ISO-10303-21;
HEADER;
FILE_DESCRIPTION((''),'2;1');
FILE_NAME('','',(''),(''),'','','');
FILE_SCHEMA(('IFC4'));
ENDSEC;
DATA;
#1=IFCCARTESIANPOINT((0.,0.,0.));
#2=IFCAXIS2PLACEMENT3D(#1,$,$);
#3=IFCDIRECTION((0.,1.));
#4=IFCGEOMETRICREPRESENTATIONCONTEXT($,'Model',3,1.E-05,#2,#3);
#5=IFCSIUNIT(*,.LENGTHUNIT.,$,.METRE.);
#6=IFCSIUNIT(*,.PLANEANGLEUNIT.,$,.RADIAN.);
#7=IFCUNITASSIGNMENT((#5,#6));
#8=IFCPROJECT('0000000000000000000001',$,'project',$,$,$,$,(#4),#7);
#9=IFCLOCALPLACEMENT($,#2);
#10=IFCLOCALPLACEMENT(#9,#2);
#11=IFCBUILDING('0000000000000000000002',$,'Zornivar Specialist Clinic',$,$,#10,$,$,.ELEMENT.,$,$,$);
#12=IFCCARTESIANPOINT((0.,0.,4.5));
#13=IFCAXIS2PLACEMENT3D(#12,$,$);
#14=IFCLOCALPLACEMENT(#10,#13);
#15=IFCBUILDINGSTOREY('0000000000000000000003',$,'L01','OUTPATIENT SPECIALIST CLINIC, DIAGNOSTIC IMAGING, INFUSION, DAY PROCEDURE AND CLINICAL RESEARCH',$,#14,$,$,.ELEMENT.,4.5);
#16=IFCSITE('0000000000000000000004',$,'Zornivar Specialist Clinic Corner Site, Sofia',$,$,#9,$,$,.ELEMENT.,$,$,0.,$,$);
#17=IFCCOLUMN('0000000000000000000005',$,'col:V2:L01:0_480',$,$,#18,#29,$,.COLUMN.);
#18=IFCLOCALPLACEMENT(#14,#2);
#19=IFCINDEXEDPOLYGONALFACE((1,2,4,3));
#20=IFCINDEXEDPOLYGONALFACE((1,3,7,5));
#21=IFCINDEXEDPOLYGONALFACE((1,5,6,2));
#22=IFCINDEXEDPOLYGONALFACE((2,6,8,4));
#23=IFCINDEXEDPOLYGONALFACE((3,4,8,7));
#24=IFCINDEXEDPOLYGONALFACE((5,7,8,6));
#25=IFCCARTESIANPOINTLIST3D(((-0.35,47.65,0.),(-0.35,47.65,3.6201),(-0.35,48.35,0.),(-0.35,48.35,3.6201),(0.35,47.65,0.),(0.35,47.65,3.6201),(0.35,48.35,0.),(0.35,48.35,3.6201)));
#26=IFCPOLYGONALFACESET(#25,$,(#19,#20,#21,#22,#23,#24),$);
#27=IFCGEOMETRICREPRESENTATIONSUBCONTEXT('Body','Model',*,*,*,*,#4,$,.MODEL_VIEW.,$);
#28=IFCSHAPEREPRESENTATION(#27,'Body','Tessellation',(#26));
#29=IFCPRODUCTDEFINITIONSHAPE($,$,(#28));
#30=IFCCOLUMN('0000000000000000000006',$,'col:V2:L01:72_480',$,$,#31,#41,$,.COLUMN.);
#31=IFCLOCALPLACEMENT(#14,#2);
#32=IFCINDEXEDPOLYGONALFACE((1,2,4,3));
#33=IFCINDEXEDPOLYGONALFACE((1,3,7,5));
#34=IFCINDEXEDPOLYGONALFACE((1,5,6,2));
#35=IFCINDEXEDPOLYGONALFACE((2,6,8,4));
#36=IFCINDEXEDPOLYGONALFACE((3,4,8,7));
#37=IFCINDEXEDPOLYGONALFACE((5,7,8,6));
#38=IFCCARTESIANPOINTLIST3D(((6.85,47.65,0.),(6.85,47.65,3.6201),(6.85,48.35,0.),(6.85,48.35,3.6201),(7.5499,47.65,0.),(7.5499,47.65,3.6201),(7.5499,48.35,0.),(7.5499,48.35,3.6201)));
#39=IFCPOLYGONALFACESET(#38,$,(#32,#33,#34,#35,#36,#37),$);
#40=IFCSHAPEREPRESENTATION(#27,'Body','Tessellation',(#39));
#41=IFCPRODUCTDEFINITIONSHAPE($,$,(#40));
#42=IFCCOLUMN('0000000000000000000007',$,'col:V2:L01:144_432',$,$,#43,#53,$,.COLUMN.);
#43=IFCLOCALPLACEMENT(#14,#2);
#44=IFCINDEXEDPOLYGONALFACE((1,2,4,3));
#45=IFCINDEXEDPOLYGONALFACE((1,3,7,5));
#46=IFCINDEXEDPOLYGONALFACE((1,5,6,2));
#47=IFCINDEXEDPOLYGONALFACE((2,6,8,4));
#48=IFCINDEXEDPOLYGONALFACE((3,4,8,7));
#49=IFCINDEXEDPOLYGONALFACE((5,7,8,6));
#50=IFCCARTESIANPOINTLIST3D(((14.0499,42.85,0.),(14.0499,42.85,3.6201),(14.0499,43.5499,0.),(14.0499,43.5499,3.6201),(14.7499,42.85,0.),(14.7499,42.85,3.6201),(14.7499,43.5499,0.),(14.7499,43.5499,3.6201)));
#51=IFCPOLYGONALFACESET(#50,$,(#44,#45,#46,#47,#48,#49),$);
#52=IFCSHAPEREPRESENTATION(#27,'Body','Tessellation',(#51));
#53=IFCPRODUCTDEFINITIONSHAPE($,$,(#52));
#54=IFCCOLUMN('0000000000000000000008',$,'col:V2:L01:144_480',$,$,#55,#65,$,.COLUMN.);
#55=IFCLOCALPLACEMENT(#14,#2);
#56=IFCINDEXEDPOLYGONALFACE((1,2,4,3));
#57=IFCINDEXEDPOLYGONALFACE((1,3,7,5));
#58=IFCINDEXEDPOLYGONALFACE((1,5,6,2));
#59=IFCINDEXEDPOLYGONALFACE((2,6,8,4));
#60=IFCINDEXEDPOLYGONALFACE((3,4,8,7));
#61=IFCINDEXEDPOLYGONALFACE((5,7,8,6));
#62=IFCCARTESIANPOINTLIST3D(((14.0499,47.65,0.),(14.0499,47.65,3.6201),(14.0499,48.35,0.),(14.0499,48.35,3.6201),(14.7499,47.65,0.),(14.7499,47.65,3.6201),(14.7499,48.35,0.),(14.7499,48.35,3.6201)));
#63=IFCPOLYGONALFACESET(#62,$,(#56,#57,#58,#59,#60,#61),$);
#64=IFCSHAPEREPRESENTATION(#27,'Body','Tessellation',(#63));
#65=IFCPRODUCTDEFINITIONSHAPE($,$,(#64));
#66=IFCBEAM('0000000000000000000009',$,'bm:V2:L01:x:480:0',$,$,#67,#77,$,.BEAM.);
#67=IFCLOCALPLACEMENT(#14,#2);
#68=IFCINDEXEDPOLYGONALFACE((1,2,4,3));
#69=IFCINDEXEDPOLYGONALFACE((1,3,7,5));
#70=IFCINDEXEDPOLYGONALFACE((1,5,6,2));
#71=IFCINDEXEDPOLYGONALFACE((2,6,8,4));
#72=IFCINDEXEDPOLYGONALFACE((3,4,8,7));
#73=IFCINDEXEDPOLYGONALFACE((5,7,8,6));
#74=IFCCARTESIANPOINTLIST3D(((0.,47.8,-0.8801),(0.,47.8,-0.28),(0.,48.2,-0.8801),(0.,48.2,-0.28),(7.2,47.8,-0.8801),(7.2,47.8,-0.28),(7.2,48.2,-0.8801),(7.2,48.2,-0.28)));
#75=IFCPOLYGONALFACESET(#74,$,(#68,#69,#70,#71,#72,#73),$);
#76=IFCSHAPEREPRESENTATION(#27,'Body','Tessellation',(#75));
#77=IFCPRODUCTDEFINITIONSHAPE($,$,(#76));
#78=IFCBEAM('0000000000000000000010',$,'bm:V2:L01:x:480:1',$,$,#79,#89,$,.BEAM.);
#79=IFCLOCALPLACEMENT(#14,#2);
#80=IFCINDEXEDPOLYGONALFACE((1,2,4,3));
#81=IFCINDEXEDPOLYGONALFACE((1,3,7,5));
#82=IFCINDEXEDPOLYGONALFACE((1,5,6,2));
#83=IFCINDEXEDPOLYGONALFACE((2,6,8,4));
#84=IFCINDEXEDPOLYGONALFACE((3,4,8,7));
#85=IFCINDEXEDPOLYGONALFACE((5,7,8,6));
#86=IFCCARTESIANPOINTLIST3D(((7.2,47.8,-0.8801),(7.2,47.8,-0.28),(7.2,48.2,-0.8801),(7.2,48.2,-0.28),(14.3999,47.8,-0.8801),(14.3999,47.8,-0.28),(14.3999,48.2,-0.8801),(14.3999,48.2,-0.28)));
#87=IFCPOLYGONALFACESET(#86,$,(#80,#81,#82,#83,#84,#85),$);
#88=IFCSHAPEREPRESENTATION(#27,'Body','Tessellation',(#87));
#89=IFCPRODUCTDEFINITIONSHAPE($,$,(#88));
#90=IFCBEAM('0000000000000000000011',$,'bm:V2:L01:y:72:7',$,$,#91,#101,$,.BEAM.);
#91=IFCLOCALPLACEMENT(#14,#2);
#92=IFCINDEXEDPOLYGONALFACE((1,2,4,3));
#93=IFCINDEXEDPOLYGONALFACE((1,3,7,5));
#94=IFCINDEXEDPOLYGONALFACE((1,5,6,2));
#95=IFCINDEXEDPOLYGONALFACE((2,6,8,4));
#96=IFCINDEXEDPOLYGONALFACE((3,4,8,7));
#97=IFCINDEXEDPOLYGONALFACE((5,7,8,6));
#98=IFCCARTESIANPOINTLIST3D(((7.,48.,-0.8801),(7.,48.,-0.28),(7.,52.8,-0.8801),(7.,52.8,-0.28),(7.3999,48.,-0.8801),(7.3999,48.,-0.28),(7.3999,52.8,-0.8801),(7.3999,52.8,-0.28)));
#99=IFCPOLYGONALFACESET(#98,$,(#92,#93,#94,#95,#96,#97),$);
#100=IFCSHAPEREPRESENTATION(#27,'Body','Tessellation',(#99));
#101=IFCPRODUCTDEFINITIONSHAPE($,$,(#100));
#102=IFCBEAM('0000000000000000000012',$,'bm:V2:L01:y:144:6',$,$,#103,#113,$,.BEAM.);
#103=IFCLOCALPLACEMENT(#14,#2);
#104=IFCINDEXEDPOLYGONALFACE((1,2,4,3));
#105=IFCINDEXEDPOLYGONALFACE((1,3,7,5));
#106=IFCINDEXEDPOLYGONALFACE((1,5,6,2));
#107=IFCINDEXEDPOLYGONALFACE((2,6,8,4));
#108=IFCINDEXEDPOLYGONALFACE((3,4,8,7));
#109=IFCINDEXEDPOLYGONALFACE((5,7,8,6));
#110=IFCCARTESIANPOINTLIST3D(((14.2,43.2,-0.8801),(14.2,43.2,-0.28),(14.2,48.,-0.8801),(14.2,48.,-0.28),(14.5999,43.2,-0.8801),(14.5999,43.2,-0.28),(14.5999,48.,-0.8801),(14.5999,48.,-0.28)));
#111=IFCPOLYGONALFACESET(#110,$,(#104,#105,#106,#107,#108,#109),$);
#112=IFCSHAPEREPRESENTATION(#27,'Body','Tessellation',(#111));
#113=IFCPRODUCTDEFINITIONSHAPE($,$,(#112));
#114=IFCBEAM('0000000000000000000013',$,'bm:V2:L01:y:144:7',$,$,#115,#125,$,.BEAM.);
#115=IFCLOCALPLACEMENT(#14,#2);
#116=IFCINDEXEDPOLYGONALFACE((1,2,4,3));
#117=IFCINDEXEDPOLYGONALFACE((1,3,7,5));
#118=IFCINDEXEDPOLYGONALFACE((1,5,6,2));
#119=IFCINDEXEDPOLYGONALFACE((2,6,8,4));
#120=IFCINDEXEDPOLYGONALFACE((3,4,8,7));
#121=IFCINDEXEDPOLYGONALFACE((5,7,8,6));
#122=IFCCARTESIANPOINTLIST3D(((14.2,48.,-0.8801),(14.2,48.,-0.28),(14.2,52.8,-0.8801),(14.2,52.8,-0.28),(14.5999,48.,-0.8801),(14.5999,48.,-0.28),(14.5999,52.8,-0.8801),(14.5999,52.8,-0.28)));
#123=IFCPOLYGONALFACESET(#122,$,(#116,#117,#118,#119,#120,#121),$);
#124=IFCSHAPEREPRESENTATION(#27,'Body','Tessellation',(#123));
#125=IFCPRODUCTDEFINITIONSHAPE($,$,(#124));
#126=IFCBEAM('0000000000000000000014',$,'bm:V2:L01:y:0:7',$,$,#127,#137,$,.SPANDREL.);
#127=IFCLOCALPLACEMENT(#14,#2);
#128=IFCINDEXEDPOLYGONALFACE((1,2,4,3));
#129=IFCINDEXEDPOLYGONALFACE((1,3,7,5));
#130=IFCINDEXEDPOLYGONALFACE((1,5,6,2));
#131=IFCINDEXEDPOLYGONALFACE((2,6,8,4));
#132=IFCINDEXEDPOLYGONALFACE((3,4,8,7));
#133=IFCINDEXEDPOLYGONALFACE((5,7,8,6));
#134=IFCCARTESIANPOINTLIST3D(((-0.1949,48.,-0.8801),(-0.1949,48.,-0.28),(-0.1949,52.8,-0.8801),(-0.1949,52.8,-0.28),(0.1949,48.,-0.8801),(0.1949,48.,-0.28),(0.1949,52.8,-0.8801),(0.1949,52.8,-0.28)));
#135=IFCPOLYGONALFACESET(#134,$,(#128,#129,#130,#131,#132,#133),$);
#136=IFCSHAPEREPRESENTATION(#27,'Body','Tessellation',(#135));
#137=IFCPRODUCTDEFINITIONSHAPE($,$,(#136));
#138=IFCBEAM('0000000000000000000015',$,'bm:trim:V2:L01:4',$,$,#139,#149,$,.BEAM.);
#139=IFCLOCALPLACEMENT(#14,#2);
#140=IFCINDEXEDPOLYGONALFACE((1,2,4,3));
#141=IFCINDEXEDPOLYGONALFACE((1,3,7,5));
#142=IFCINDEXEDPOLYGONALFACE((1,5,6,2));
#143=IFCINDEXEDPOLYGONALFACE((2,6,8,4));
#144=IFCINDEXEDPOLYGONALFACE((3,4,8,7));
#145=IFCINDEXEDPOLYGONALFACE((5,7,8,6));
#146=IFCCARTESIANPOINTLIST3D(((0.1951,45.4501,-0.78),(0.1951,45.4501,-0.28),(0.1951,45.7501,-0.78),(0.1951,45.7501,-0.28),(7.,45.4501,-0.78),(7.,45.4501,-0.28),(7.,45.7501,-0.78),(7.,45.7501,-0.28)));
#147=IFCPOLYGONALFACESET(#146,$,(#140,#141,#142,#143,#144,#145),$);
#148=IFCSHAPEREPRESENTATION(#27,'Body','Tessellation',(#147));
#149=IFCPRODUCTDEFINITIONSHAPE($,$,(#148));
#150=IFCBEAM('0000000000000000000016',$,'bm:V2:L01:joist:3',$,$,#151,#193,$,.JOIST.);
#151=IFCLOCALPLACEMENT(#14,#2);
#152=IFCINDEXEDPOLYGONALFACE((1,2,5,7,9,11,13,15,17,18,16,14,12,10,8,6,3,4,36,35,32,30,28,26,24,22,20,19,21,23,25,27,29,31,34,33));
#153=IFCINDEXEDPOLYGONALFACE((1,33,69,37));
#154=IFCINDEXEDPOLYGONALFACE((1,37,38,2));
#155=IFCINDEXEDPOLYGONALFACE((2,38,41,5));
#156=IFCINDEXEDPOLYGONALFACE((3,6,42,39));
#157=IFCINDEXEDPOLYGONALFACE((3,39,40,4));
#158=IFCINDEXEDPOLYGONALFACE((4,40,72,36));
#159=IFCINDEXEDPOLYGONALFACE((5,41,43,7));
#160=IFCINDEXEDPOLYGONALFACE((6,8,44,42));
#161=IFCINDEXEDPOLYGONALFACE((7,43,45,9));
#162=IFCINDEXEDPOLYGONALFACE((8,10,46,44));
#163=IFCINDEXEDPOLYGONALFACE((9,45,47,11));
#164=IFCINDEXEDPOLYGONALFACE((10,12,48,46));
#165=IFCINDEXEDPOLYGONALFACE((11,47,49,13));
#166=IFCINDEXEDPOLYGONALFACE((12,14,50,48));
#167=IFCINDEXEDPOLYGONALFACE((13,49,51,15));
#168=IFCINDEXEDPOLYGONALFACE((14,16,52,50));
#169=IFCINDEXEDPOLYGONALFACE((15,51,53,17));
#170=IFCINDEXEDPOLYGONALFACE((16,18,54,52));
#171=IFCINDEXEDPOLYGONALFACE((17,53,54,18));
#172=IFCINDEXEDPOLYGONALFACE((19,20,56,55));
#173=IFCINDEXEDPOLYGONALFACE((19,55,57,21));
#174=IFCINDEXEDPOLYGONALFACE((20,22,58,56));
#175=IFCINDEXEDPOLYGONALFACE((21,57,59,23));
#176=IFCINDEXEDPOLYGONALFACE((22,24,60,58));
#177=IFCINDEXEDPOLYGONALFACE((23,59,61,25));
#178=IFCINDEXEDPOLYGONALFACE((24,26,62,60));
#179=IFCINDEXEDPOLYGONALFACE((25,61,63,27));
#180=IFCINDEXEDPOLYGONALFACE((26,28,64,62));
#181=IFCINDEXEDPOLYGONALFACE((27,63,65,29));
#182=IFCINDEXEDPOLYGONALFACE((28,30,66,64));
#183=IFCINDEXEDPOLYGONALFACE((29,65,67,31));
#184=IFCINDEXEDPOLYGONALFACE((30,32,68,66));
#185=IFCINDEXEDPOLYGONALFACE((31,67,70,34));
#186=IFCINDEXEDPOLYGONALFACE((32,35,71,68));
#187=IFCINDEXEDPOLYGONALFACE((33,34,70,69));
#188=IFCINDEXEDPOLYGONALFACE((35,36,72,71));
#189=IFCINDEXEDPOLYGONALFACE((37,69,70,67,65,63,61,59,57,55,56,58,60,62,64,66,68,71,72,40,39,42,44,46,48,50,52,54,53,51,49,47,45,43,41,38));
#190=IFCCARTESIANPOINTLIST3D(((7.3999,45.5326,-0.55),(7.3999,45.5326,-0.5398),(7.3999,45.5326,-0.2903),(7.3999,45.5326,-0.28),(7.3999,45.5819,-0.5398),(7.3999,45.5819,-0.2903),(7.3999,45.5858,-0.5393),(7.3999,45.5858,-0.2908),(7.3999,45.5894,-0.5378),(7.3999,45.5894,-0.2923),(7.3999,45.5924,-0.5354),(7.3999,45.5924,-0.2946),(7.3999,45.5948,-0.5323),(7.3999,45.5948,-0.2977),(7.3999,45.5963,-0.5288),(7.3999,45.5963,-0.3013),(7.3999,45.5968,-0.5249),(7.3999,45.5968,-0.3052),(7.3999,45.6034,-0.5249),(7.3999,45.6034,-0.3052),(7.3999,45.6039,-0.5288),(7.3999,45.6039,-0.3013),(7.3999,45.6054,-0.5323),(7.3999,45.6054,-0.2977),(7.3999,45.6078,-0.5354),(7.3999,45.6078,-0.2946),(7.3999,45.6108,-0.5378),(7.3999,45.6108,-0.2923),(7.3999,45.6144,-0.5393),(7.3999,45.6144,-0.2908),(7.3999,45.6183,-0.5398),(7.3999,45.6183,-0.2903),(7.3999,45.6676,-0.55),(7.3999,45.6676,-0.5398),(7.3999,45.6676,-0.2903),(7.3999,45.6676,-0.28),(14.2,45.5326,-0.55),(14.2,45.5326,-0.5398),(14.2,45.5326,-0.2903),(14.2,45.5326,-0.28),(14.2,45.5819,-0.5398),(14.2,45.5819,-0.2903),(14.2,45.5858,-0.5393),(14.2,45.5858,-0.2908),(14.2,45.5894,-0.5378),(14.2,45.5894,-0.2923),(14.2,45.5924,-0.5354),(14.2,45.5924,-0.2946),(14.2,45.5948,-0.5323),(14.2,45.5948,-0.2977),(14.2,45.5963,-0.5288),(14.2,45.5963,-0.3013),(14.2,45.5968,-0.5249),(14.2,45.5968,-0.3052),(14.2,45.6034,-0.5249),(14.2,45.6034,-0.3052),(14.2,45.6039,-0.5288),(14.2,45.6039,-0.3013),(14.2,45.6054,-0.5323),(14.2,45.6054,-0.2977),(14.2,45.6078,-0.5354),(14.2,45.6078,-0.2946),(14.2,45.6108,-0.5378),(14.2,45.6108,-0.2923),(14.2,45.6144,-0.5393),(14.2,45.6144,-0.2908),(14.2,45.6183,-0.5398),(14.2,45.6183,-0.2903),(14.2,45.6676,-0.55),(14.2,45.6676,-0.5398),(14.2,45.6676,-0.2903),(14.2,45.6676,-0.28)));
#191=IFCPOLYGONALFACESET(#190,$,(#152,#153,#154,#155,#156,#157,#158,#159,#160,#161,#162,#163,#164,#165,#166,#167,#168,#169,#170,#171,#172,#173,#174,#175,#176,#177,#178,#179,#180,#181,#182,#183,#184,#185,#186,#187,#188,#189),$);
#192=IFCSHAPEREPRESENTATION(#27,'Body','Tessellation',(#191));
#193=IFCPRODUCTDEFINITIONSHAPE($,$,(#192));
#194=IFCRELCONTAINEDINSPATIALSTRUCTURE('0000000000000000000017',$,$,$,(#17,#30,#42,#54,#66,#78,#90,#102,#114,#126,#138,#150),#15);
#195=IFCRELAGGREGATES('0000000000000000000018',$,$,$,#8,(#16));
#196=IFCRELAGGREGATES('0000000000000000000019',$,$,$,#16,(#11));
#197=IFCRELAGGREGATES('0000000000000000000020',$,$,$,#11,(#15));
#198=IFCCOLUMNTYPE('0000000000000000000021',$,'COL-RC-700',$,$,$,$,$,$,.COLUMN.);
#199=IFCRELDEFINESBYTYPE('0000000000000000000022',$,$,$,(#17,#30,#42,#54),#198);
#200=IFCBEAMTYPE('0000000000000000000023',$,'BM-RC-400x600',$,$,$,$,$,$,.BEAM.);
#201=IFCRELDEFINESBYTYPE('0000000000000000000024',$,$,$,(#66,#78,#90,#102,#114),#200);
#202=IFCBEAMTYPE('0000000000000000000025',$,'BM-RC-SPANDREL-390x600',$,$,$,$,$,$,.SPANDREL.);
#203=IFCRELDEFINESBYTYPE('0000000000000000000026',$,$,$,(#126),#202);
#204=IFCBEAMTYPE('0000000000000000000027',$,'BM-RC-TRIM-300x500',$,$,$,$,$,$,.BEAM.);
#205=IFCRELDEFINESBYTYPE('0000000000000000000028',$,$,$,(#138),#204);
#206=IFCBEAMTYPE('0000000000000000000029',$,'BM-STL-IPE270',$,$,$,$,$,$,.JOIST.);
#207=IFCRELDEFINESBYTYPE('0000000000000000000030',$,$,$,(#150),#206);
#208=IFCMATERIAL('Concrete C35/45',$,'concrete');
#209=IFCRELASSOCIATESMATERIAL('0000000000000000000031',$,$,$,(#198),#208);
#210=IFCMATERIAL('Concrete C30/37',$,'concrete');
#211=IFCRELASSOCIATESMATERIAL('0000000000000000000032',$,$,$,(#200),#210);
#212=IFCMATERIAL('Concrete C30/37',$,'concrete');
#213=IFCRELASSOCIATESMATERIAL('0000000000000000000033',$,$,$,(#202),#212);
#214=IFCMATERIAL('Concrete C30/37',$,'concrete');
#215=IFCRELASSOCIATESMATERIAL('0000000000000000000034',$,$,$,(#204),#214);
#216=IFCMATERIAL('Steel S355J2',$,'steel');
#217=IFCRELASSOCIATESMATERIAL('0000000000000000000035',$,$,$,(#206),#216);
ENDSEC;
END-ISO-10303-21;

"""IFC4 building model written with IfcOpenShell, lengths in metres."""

from ifc_helpers import new_model, si_unit, direction, frame, origin, origin_2d, place, context, subcontext, project, spatial, rectangle, i_section, extrude, material, material_profile, profile_set, type_object, element, save


model = new_model("IFC4")

# Units and contexts
model_context = context("Model", 3, precision=1e-05, world=origin(), true_north=direction((0.0, 1.0)))
body_context = subcontext(model_context, "Body", "Model", "MODEL_VIEW")
ifc_project = project(units=[si_unit("LENGTHUNIT", "METRE"), si_unit("PLANEANGLEUNIT", "RADIAN")], contexts=[model_context])

# Site, building, storey
site_placement = place(None, origin())
site = spatial("IfcSite", under=ifc_project, at=site_placement, Name="Zornivar Specialist Clinic Corner Site, Sofia", CompositionType="ELEMENT", RefElevation=0.0)
building_placement = place(site_placement, origin())
building = spatial("IfcBuilding", under=site, at=building_placement, Name="Zornivar Specialist Clinic", CompositionType="ELEMENT")
storey_placement = place(building_placement, frame((0.0, 0.0, 4.5)))
storey = spatial("IfcBuildingStorey", under=building, at=storey_placement, Name="L01", Description="OUTPATIENT SPECIALIST CLINIC, DIAGNOSTIC IMAGING, INFUSION, DAY PROCEDURE AND CLINICAL RESEARCH", CompositionType="ELEMENT", Elevation=4.5)

# Columns
ifc_material_1 = material(Name="Concrete C35/45", Category="concrete")
ifc_material_profile_1 = material_profile(ifc_material_1, rectangle(XDim=0.7, YDim=0.7, at=origin_2d()), Name="RC 700x700")
ifc_profile_set_1 = profile_set([ifc_material_profile_1], Name="Concrete C35/45")
column_type = type_object("IfcColumnType", Name="COL-RC-700", PredefinedType="COLUMN", material=ifc_profile_set_1)
for number, where, z_axis, x_axis, name in (
    (1, (0.0, 48.0, 0.0), (0.0, 0.0, 1.0), (1.0, 0.0, 0.0), "col:V2:L01:0_480"),
    (2, (7.2, 48.0, 0.0), (0.0, 0.0, 1.0), (1.0, 0.0, 0.0), "col:V2:L01:72_480"),
    (3, (14.3999, 43.2, 0.0), (0.0, 0.0, 1.0), (1.0, 0.0, 0.0), "col:V2:L01:144_432"),
    (4, (14.3999, 48.0, 0.0), (0.0, 0.0, 1.0), (1.0, 0.0, 0.0), "col:V2:L01:144_480"),
):
    element("IfcColumn", number, at=place(storey_placement, frame(where, z_axis=z_axis, x_axis=x_axis)), inside=storey, type_object=column_type, Name=name, PredefinedType="COLUMN", context=body_context, shape_type="SweptSolid", body=[
        extrude(rectangle(XDim=0.7, YDim=0.7, at=origin_2d()), origin(), (0.0, 0.0, 1.0), 3.6201),
    ])

# Beams
ifc_material_2 = material(Name="Concrete C30/37", Category="concrete")
ifc_material_profile_2 = material_profile(ifc_material_2, rectangle(XDim=0.3999, YDim=0.6001, at=origin_2d()), Name="RC 400x600")
ifc_profile_set_2 = profile_set([ifc_material_profile_2], Name="Concrete C30/37")
beam_type_1 = type_object("IfcBeamType", Name="BM-RC-400x600", PredefinedType="BEAM", material=ifc_profile_set_2)
for number, where, z_axis, x_axis, name in (
    (5, (0.0, 48.0, -0.5801), (1.0, 0.0, 0.0), (0.0, 1.0, 0.0), "bm:V2:L01:x:480:0"),
    (6, (7.2, 48.0, -0.5801), (1.0, 0.0, 0.0), (0.0, 1.0, 0.0), "bm:V2:L01:x:480:1"),
):
    element("IfcBeam", number, at=place(storey_placement, frame(where, z_axis=z_axis, x_axis=x_axis)), inside=storey, type_object=beam_type_1, Name=name, PredefinedType="BEAM", context=body_context, shape_type="SweptSolid", body=[
        extrude(rectangle(XDim=0.3999, YDim=0.6001, at=origin_2d()), origin(), (0.0, 0.0, 1.0), 7.2),
    ])
for number, where, z_axis, x_axis, name in (
    (7, (7.2, 48.0, -0.5801), (0.0, 1.0, 0.0), (-1.0, 0.0, 0.0), "bm:V2:L01:y:72:7"),
    (8, (14.3999, 43.2, -0.5801), (0.0, 1.0, 0.0), (-1.0, 0.0, 0.0), "bm:V2:L01:y:144:6"),
    (9, (14.3999, 48.0, -0.5801), (0.0, 1.0, 0.0), (-1.0, 0.0, 0.0), "bm:V2:L01:y:144:7"),
):
    element("IfcBeam", number, at=place(storey_placement, frame(where, z_axis=z_axis, x_axis=x_axis)), inside=storey, type_object=beam_type_1, Name=name, PredefinedType="BEAM", context=body_context, shape_type="SweptSolid", body=[
        extrude(rectangle(XDim=0.3999, YDim=0.6001, at=origin_2d()), origin(), (0.0, 0.0, 1.0), 4.8),
    ])
ifc_material_3 = material(Name="Concrete C30/37", Category="concrete")
ifc_material_profile_3 = material_profile(ifc_material_3, rectangle(XDim=0.3899, YDim=0.6001, at=origin_2d()), Name="RC 390x600")
ifc_profile_set_3 = profile_set([ifc_material_profile_3], Name="Concrete C30/37")
beam_type_2 = type_object("IfcBeamType", Name="BM-RC-SPANDREL-390x600", PredefinedType="SPANDREL", material=ifc_profile_set_3)
beam_1_placement = place(storey_placement, frame((0.0, 48.0, -0.5801), z_axis=(0.0, 1.0, 0.0), x_axis=(-1.0, 0.0, 0.0)))
element("IfcBeam", 10, at=beam_1_placement, inside=storey, type_object=beam_type_2, Name="bm:V2:L01:y:0:7", PredefinedType="SPANDREL", context=body_context, shape_type="SweptSolid", body=[
    extrude(rectangle(XDim=0.3899, YDim=0.6001, at=origin_2d()), origin(), (0.0, 0.0, 1.0), 4.8),
])
ifc_material_4 = material(Name="Concrete C30/37", Category="concrete")
ifc_material_profile_4 = material_profile(ifc_material_4, rectangle(XDim=0.3, YDim=0.5, at=origin_2d()), Name="RC 300x500")
ifc_profile_set_4 = profile_set([ifc_material_profile_4], Name="Concrete C30/37")
beam_type_3 = type_object("IfcBeamType", Name="BM-RC-TRIM-300x500", PredefinedType="BEAM", material=ifc_profile_set_4)
beam_2_placement = place(storey_placement, frame((0.1951, 45.6001, -0.53), z_axis=(1.0, 0.0, 0.0), x_axis=(0.0, 1.0, 0.0)))
element("IfcBeam", 11, at=beam_2_placement, inside=storey, type_object=beam_type_3, Name="bm:trim:V2:L01:4", PredefinedType="BEAM", context=body_context, shape_type="SweptSolid", body=[
    extrude(rectangle(XDim=0.3, YDim=0.5, at=origin_2d()), origin(), (0.0, 0.0, 1.0), 6.8049),
])
ifc_material_5 = material(Name="Steel S355J2", Category="steel")
ifc_material_profile_5 = material_profile(ifc_material_5, i_section(OverallWidth=0.135, OverallDepth=0.27, WebThickness=0.0066, FlangeThickness=0.0103, FilletRadius=0.0149, at=origin_2d()), Name="IPE 270")
ifc_profile_set_5 = profile_set([ifc_material_profile_5], Name="Steel S355J2")
beam_type_4 = type_object("IfcBeamType", Name="BM-STL-IPE270", PredefinedType="JOIST", material=ifc_profile_set_5)
for number, where, z_axis, x_axis, name in (
    (12, (7.3999, 45.6001, -0.415), (1.0, 0.0, 0.0), (0.0, 1.0, 0.0), "bm:V2:L01:joist:3"),
):
    element("IfcBeam", number, at=place(storey_placement, frame(where, z_axis=z_axis, x_axis=x_axis)), inside=storey, type_object=beam_type_4, Name=name, PredefinedType="JOIST", context=body_context, shape_type="SweptSolid", body=[
        extrude(i_section(OverallWidth=0.135, OverallDepth=0.27, WebThickness=0.0066, FlangeThickness=0.0103, FilletRadius=0.0149, at=origin_2d()), origin(), (0.0, 0.0, 1.0), 6.8),
    ])

save(model, "model.ifc")
